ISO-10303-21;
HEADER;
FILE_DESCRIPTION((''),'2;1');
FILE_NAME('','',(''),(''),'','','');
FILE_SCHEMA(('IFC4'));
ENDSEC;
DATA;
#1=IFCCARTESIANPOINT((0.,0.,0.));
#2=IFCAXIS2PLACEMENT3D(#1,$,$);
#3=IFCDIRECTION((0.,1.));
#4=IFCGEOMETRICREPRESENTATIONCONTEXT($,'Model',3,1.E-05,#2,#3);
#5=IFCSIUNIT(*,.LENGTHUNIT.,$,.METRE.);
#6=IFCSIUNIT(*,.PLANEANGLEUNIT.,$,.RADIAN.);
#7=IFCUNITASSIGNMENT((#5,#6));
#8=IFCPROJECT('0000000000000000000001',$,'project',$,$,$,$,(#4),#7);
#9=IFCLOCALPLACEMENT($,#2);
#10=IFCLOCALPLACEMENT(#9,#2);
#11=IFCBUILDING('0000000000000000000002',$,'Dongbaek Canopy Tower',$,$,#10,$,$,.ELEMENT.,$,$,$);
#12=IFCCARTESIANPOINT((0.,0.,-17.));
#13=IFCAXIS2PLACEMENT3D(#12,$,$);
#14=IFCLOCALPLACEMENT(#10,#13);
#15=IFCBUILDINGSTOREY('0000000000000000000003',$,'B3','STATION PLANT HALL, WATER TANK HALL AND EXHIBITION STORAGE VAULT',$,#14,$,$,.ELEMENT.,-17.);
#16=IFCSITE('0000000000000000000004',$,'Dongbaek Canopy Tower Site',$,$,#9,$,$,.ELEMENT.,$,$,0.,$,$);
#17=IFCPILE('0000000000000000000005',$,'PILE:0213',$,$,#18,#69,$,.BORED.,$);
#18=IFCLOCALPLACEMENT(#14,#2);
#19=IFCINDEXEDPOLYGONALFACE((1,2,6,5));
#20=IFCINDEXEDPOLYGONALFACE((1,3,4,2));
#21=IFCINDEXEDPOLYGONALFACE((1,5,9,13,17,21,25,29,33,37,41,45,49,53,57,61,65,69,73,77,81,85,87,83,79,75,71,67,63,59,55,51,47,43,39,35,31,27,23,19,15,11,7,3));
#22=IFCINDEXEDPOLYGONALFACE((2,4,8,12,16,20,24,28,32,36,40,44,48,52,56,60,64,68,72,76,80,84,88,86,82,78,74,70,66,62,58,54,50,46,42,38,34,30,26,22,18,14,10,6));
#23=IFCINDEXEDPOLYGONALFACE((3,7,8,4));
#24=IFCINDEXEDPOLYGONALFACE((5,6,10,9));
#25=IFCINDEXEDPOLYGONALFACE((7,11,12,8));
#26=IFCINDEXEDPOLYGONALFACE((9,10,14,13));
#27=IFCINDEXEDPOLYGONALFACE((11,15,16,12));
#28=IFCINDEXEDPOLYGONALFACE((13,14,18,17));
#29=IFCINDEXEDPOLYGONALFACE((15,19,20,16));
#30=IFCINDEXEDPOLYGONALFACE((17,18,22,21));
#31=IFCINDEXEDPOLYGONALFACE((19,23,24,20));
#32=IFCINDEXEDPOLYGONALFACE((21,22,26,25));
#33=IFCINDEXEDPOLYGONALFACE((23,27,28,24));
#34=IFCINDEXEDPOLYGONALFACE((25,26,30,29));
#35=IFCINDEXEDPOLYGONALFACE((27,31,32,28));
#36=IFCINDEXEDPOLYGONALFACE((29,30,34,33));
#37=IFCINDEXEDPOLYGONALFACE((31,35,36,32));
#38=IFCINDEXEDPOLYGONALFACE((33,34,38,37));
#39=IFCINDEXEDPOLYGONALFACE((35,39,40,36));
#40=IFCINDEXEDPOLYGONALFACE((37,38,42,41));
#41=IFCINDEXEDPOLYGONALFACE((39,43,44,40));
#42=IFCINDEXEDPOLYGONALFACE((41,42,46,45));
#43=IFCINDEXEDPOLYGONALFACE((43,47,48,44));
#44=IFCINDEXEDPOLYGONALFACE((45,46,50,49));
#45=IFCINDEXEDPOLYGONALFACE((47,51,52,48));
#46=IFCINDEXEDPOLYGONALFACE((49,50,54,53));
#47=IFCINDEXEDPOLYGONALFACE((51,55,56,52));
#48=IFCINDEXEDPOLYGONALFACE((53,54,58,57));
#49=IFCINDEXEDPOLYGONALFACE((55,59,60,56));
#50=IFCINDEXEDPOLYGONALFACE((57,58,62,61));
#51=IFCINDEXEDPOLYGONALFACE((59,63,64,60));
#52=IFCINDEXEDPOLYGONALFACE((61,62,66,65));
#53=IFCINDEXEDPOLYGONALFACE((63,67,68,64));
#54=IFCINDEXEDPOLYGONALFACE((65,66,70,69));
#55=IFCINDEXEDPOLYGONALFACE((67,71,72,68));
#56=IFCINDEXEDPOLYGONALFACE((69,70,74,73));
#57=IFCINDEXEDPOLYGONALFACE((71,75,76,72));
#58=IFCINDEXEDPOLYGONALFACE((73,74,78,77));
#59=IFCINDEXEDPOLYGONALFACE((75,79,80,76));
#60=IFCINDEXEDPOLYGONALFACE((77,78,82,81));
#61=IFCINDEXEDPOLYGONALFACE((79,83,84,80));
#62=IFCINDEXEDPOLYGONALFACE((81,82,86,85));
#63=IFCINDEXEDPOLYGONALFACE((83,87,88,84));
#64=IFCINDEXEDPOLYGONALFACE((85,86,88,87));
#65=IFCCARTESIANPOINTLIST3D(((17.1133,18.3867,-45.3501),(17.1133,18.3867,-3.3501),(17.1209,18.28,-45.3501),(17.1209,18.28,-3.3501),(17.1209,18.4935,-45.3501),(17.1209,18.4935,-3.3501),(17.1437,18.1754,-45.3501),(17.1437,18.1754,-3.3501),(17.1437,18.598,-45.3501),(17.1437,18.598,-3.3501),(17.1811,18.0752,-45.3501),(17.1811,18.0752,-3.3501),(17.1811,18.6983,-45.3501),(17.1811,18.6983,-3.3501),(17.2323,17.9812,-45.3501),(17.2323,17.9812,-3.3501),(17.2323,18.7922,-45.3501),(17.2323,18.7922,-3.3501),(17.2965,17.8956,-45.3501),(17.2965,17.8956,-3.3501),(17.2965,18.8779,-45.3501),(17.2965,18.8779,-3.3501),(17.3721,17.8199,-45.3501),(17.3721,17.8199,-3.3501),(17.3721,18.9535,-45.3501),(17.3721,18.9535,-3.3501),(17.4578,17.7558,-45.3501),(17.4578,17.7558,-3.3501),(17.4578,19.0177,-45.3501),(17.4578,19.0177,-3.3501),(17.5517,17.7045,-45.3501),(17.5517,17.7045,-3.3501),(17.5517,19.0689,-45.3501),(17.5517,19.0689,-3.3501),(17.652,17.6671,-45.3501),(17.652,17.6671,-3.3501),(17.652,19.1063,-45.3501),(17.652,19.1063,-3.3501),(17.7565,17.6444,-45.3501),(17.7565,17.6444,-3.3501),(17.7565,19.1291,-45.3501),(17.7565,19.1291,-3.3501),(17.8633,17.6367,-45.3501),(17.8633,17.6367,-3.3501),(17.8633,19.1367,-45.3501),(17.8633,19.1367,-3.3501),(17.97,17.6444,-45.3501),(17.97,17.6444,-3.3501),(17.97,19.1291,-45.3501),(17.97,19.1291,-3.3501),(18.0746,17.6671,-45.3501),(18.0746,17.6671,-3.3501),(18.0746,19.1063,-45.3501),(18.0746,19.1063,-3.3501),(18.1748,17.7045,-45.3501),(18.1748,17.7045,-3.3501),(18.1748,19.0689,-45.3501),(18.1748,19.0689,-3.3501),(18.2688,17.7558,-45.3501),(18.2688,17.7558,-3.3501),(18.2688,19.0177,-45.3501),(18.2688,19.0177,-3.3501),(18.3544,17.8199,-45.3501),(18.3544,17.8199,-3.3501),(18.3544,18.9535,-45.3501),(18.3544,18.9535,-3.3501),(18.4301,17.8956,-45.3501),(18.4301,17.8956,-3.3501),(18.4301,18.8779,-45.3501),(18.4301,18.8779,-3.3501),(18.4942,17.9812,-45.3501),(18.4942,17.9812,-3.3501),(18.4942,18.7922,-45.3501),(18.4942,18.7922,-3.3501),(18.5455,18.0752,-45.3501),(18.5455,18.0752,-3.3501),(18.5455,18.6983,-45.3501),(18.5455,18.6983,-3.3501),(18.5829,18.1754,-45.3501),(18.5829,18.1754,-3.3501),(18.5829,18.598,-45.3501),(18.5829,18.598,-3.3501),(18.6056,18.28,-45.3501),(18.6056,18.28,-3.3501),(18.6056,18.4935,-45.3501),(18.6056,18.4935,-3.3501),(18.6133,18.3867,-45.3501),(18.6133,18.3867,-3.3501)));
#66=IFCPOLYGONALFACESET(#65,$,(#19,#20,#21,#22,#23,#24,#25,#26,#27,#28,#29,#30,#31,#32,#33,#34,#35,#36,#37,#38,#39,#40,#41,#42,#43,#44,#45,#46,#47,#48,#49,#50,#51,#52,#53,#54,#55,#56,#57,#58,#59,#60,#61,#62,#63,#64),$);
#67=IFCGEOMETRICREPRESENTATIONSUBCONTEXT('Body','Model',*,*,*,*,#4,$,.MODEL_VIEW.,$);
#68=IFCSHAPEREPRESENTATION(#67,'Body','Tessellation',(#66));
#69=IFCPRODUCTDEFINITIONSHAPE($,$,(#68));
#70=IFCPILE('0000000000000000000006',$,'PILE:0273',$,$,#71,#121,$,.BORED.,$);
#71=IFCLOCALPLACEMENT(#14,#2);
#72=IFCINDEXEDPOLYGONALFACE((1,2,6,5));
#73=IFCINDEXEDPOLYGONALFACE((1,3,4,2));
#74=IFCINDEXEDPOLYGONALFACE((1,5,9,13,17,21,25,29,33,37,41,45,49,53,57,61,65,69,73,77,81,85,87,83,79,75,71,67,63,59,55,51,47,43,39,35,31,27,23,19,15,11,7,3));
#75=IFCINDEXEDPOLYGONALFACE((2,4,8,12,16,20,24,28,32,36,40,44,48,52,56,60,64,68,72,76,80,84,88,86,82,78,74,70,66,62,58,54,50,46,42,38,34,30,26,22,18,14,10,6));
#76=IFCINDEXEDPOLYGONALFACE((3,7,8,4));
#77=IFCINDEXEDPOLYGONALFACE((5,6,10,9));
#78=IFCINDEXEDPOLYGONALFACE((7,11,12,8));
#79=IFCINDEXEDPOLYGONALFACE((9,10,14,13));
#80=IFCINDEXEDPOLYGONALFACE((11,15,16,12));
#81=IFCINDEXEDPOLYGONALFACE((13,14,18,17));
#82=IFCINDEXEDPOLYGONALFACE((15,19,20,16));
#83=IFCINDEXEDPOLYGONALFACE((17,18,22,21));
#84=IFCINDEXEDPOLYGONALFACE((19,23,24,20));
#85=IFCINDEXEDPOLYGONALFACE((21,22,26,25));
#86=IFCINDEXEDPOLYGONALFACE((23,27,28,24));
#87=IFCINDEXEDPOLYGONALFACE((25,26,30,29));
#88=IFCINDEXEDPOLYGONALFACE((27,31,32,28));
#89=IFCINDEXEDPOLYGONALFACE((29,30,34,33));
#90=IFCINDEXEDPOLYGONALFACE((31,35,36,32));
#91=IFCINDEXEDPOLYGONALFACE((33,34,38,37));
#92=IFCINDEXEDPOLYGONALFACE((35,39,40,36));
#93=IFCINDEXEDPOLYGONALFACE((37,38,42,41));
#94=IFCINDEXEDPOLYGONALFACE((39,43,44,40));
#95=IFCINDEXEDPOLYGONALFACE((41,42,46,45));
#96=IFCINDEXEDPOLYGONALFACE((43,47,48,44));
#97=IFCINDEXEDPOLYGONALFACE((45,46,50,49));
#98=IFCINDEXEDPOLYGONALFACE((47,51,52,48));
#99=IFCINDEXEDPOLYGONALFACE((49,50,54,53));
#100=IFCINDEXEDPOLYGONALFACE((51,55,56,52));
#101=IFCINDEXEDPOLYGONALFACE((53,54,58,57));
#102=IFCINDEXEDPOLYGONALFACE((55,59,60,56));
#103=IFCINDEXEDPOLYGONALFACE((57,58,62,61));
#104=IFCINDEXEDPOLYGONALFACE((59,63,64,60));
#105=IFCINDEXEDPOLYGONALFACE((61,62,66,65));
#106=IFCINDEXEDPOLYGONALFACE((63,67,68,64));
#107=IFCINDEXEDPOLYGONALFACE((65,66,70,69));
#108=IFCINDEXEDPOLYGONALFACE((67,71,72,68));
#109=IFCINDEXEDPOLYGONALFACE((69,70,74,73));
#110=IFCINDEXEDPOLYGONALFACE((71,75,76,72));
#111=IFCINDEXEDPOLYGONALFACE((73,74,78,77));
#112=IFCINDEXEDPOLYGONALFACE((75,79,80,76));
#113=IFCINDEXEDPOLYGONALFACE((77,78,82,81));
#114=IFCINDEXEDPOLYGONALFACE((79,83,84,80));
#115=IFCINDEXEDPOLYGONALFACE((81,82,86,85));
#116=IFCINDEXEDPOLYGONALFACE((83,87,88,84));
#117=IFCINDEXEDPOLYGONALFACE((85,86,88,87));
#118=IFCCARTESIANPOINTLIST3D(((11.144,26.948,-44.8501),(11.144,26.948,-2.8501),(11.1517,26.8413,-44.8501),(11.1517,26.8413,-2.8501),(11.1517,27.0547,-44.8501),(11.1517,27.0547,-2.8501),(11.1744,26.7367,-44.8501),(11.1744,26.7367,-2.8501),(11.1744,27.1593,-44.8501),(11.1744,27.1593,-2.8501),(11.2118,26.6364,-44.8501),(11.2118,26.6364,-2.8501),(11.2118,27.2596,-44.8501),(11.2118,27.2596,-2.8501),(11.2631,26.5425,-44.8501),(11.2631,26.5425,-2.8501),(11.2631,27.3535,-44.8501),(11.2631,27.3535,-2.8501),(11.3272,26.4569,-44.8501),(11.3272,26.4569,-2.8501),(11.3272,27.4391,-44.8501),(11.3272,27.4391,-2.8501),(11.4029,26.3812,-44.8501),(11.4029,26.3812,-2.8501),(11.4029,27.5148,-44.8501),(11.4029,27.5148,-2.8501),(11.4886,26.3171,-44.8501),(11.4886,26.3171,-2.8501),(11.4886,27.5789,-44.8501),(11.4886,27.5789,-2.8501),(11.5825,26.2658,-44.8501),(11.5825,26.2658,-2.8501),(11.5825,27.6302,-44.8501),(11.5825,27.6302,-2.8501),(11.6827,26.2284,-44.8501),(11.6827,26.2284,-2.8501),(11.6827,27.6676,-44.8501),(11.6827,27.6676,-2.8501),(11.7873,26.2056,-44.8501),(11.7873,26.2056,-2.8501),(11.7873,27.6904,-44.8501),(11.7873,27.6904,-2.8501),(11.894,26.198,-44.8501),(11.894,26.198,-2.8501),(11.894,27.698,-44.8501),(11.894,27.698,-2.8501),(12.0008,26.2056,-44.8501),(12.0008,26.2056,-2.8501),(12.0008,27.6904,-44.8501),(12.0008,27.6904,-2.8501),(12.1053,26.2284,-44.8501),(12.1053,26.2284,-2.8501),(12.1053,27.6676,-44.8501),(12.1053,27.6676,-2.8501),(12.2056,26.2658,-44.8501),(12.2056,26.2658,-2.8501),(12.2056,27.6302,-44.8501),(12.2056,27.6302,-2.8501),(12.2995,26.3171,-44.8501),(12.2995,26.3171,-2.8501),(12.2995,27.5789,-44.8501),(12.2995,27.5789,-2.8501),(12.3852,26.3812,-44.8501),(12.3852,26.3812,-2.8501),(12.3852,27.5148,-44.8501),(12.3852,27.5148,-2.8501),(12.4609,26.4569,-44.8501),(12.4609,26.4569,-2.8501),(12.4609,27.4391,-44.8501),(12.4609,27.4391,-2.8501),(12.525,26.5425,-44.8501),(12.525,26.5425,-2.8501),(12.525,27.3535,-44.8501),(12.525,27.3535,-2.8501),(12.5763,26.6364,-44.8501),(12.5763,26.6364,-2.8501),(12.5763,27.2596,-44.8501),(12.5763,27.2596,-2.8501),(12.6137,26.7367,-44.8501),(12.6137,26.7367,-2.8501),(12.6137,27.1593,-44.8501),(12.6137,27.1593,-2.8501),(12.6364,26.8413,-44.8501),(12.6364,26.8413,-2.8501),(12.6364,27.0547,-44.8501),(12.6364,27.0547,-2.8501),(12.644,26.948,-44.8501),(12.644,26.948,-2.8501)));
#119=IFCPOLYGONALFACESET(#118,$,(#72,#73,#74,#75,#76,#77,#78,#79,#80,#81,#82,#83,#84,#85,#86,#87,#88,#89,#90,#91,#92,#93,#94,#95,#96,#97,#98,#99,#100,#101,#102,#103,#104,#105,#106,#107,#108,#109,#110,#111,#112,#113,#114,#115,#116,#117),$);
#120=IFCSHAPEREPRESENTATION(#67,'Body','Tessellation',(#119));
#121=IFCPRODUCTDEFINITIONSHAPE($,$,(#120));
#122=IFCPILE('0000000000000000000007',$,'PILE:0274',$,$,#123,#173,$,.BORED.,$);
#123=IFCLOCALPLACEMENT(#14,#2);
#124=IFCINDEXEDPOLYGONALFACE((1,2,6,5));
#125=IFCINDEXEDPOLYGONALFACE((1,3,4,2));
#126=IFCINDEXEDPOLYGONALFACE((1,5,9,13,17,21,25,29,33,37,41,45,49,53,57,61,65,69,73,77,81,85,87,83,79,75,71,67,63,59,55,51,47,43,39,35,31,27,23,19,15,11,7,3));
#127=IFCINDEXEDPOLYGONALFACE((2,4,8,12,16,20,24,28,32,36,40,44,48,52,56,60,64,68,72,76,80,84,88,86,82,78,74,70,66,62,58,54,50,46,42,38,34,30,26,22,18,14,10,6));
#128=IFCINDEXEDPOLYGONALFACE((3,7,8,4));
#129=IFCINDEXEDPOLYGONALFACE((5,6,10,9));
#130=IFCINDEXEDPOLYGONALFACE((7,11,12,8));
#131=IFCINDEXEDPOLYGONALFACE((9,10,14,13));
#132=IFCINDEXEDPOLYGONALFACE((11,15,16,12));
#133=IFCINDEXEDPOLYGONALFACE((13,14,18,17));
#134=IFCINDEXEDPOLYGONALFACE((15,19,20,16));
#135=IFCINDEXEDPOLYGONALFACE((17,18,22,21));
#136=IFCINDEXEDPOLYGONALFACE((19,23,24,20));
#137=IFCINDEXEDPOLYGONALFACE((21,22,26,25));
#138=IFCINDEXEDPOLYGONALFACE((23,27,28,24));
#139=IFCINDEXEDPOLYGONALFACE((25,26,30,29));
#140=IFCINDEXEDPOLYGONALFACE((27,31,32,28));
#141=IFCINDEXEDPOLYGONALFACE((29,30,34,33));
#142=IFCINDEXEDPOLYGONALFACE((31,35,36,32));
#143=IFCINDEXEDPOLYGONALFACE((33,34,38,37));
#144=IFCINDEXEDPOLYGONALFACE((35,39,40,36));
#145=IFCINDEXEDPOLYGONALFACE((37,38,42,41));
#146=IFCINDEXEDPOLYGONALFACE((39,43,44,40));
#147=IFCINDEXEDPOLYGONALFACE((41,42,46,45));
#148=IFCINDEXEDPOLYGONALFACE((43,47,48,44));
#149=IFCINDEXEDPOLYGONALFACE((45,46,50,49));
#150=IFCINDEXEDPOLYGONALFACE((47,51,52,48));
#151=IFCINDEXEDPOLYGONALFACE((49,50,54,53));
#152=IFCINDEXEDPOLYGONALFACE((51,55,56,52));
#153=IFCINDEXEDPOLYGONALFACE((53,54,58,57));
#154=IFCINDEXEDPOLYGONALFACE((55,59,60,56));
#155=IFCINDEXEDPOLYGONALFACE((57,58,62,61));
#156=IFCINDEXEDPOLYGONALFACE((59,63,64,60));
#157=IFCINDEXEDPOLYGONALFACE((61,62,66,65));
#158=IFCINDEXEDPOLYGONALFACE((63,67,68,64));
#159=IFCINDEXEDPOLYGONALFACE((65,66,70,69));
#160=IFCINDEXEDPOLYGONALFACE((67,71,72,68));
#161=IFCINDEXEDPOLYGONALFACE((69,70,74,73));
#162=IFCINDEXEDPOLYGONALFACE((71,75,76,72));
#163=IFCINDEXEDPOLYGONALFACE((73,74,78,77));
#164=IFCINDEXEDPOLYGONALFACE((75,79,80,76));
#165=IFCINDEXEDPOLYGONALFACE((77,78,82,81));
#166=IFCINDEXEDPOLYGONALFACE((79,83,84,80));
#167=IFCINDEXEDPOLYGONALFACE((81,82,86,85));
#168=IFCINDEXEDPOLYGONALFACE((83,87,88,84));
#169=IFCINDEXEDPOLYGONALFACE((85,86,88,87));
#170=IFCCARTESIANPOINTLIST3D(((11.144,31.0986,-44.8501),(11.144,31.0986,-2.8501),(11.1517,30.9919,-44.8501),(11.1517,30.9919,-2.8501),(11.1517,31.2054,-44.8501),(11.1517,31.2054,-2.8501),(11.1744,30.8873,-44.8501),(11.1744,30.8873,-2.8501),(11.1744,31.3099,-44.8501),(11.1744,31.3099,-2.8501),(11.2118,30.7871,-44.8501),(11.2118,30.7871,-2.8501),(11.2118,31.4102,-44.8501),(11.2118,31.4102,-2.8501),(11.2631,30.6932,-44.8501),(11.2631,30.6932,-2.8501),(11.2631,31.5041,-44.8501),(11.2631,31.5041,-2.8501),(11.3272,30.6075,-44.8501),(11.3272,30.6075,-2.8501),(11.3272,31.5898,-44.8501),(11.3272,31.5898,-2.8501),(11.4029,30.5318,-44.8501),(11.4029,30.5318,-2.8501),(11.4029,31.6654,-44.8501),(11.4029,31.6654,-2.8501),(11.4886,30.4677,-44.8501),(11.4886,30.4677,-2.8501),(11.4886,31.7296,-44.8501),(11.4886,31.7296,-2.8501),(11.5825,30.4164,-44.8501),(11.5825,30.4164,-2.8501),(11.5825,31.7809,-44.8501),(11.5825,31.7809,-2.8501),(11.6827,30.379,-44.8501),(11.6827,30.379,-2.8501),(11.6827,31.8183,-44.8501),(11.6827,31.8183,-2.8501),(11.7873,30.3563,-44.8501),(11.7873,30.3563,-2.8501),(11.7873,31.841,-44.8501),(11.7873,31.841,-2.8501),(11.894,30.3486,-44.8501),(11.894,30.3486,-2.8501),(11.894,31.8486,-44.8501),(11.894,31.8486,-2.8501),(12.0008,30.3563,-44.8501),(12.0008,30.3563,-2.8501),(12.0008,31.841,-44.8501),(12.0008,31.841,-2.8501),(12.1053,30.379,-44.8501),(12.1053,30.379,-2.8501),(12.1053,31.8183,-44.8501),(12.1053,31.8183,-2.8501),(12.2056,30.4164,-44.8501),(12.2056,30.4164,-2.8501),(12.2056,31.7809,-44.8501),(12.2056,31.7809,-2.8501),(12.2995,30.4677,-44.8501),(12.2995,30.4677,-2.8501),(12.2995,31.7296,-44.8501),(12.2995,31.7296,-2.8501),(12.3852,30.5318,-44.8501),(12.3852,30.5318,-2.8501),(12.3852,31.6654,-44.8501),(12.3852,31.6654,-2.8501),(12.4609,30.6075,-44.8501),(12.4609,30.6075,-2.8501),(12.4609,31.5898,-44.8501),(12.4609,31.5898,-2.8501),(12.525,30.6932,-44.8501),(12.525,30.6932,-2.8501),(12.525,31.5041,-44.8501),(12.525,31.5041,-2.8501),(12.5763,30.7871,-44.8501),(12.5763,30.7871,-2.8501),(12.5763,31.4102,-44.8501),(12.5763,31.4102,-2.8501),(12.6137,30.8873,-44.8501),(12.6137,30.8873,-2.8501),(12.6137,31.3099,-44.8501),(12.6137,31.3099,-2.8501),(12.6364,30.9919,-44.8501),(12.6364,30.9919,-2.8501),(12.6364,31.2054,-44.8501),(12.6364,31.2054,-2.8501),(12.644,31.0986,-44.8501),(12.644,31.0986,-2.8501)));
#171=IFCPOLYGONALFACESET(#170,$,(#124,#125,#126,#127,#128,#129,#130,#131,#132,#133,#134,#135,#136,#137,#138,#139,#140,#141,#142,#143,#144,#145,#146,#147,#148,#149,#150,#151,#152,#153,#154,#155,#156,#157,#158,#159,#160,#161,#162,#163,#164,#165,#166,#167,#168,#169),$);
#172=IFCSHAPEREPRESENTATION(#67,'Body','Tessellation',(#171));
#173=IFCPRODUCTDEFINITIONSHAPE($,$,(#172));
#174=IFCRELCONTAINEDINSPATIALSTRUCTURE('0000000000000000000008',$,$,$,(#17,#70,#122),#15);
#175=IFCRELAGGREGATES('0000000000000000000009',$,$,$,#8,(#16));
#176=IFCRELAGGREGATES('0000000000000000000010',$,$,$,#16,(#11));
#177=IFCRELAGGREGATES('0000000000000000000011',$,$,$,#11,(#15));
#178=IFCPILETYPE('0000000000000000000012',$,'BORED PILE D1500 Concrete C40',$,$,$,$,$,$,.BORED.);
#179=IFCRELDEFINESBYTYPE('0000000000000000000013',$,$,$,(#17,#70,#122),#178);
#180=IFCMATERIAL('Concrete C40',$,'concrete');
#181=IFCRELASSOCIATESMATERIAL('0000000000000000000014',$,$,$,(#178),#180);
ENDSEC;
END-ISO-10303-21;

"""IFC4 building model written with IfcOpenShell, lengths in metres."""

from ifc_helpers import new_model, si_unit, direction, frame, origin, origin_2d, place, context, subcontext, project, spatial, circle, extrude, material, material_profile, profile_set, type_object, element, save


model = new_model("IFC4")

# Units and contexts
model_context = context("Model", 3, precision=1e-05, world=origin(), true_north=direction((0.0, 1.0)))
body_context = subcontext(model_context, "Body", "Model", "MODEL_VIEW")
ifc_project = project(units=[si_unit("LENGTHUNIT", "METRE"), si_unit("PLANEANGLEUNIT", "RADIAN")], contexts=[model_context])

# Site, building, storey
site_placement = place(None, origin())
site = spatial("IfcSite", under=ifc_project, at=site_placement, Name="Dongbaek Canopy Tower Site", CompositionType="ELEMENT", RefElevation=0.0)
building_placement = place(site_placement, origin())
building = spatial("IfcBuilding", under=site, at=building_placement, Name="Dongbaek Canopy Tower", CompositionType="ELEMENT")
storey_placement = place(building_placement, frame((0.0, 0.0, -17.0)))
storey = spatial("IfcBuildingStorey", under=building, at=storey_placement, Name="B3", Description="STATION PLANT HALL, WATER TANK HALL AND EXHIBITION STORAGE VAULT", CompositionType="ELEMENT", Elevation=-17.0)

# Piles
ifc_material_1 = material(Name="Concrete C40", Category="concrete")
ifc_material_profile_1 = material_profile(ifc_material_1, circle(Radius=0.75, at=origin_2d()), Name="BORED PILE D1500 Concrete C40")
ifc_profile_set_1 = profile_set([ifc_material_profile_1], Name="Concrete C40")
pile_type = type_object("IfcPileType", Name="BORED PILE D1500 Concrete C40", PredefinedType="BORED", material=ifc_profile_set_1)
for number, where, z_axis, x_axis, name in (
    (1, (17.8633, 18.3867, -3.3501), (0.0, 0.0, -1.0), (1.0, 0.0, 0.0), "PILE:0213"),
    (2, (11.894, 26.948, -2.8501), (0.0, 0.0, -1.0), (1.0, 0.0, 0.0), "PILE:0273"),
    (3, (11.894, 31.0986, -2.8501), (0.0, 0.0, -1.0), (1.0, 0.0, 0.0), "PILE:0274"),
):
    element("IfcPile", number, at=place(storey_placement, frame(where, z_axis=z_axis, x_axis=x_axis)), inside=storey, type_object=pile_type, Name=name, PredefinedType="BORED", context=body_context, shape_type="SweptSolid", body=[
        extrude(circle(Radius=0.75, at=origin_2d()), origin(), (0.0, 0.0, 1.0), 42.0),
    ])

save(model, "model.ifc")
